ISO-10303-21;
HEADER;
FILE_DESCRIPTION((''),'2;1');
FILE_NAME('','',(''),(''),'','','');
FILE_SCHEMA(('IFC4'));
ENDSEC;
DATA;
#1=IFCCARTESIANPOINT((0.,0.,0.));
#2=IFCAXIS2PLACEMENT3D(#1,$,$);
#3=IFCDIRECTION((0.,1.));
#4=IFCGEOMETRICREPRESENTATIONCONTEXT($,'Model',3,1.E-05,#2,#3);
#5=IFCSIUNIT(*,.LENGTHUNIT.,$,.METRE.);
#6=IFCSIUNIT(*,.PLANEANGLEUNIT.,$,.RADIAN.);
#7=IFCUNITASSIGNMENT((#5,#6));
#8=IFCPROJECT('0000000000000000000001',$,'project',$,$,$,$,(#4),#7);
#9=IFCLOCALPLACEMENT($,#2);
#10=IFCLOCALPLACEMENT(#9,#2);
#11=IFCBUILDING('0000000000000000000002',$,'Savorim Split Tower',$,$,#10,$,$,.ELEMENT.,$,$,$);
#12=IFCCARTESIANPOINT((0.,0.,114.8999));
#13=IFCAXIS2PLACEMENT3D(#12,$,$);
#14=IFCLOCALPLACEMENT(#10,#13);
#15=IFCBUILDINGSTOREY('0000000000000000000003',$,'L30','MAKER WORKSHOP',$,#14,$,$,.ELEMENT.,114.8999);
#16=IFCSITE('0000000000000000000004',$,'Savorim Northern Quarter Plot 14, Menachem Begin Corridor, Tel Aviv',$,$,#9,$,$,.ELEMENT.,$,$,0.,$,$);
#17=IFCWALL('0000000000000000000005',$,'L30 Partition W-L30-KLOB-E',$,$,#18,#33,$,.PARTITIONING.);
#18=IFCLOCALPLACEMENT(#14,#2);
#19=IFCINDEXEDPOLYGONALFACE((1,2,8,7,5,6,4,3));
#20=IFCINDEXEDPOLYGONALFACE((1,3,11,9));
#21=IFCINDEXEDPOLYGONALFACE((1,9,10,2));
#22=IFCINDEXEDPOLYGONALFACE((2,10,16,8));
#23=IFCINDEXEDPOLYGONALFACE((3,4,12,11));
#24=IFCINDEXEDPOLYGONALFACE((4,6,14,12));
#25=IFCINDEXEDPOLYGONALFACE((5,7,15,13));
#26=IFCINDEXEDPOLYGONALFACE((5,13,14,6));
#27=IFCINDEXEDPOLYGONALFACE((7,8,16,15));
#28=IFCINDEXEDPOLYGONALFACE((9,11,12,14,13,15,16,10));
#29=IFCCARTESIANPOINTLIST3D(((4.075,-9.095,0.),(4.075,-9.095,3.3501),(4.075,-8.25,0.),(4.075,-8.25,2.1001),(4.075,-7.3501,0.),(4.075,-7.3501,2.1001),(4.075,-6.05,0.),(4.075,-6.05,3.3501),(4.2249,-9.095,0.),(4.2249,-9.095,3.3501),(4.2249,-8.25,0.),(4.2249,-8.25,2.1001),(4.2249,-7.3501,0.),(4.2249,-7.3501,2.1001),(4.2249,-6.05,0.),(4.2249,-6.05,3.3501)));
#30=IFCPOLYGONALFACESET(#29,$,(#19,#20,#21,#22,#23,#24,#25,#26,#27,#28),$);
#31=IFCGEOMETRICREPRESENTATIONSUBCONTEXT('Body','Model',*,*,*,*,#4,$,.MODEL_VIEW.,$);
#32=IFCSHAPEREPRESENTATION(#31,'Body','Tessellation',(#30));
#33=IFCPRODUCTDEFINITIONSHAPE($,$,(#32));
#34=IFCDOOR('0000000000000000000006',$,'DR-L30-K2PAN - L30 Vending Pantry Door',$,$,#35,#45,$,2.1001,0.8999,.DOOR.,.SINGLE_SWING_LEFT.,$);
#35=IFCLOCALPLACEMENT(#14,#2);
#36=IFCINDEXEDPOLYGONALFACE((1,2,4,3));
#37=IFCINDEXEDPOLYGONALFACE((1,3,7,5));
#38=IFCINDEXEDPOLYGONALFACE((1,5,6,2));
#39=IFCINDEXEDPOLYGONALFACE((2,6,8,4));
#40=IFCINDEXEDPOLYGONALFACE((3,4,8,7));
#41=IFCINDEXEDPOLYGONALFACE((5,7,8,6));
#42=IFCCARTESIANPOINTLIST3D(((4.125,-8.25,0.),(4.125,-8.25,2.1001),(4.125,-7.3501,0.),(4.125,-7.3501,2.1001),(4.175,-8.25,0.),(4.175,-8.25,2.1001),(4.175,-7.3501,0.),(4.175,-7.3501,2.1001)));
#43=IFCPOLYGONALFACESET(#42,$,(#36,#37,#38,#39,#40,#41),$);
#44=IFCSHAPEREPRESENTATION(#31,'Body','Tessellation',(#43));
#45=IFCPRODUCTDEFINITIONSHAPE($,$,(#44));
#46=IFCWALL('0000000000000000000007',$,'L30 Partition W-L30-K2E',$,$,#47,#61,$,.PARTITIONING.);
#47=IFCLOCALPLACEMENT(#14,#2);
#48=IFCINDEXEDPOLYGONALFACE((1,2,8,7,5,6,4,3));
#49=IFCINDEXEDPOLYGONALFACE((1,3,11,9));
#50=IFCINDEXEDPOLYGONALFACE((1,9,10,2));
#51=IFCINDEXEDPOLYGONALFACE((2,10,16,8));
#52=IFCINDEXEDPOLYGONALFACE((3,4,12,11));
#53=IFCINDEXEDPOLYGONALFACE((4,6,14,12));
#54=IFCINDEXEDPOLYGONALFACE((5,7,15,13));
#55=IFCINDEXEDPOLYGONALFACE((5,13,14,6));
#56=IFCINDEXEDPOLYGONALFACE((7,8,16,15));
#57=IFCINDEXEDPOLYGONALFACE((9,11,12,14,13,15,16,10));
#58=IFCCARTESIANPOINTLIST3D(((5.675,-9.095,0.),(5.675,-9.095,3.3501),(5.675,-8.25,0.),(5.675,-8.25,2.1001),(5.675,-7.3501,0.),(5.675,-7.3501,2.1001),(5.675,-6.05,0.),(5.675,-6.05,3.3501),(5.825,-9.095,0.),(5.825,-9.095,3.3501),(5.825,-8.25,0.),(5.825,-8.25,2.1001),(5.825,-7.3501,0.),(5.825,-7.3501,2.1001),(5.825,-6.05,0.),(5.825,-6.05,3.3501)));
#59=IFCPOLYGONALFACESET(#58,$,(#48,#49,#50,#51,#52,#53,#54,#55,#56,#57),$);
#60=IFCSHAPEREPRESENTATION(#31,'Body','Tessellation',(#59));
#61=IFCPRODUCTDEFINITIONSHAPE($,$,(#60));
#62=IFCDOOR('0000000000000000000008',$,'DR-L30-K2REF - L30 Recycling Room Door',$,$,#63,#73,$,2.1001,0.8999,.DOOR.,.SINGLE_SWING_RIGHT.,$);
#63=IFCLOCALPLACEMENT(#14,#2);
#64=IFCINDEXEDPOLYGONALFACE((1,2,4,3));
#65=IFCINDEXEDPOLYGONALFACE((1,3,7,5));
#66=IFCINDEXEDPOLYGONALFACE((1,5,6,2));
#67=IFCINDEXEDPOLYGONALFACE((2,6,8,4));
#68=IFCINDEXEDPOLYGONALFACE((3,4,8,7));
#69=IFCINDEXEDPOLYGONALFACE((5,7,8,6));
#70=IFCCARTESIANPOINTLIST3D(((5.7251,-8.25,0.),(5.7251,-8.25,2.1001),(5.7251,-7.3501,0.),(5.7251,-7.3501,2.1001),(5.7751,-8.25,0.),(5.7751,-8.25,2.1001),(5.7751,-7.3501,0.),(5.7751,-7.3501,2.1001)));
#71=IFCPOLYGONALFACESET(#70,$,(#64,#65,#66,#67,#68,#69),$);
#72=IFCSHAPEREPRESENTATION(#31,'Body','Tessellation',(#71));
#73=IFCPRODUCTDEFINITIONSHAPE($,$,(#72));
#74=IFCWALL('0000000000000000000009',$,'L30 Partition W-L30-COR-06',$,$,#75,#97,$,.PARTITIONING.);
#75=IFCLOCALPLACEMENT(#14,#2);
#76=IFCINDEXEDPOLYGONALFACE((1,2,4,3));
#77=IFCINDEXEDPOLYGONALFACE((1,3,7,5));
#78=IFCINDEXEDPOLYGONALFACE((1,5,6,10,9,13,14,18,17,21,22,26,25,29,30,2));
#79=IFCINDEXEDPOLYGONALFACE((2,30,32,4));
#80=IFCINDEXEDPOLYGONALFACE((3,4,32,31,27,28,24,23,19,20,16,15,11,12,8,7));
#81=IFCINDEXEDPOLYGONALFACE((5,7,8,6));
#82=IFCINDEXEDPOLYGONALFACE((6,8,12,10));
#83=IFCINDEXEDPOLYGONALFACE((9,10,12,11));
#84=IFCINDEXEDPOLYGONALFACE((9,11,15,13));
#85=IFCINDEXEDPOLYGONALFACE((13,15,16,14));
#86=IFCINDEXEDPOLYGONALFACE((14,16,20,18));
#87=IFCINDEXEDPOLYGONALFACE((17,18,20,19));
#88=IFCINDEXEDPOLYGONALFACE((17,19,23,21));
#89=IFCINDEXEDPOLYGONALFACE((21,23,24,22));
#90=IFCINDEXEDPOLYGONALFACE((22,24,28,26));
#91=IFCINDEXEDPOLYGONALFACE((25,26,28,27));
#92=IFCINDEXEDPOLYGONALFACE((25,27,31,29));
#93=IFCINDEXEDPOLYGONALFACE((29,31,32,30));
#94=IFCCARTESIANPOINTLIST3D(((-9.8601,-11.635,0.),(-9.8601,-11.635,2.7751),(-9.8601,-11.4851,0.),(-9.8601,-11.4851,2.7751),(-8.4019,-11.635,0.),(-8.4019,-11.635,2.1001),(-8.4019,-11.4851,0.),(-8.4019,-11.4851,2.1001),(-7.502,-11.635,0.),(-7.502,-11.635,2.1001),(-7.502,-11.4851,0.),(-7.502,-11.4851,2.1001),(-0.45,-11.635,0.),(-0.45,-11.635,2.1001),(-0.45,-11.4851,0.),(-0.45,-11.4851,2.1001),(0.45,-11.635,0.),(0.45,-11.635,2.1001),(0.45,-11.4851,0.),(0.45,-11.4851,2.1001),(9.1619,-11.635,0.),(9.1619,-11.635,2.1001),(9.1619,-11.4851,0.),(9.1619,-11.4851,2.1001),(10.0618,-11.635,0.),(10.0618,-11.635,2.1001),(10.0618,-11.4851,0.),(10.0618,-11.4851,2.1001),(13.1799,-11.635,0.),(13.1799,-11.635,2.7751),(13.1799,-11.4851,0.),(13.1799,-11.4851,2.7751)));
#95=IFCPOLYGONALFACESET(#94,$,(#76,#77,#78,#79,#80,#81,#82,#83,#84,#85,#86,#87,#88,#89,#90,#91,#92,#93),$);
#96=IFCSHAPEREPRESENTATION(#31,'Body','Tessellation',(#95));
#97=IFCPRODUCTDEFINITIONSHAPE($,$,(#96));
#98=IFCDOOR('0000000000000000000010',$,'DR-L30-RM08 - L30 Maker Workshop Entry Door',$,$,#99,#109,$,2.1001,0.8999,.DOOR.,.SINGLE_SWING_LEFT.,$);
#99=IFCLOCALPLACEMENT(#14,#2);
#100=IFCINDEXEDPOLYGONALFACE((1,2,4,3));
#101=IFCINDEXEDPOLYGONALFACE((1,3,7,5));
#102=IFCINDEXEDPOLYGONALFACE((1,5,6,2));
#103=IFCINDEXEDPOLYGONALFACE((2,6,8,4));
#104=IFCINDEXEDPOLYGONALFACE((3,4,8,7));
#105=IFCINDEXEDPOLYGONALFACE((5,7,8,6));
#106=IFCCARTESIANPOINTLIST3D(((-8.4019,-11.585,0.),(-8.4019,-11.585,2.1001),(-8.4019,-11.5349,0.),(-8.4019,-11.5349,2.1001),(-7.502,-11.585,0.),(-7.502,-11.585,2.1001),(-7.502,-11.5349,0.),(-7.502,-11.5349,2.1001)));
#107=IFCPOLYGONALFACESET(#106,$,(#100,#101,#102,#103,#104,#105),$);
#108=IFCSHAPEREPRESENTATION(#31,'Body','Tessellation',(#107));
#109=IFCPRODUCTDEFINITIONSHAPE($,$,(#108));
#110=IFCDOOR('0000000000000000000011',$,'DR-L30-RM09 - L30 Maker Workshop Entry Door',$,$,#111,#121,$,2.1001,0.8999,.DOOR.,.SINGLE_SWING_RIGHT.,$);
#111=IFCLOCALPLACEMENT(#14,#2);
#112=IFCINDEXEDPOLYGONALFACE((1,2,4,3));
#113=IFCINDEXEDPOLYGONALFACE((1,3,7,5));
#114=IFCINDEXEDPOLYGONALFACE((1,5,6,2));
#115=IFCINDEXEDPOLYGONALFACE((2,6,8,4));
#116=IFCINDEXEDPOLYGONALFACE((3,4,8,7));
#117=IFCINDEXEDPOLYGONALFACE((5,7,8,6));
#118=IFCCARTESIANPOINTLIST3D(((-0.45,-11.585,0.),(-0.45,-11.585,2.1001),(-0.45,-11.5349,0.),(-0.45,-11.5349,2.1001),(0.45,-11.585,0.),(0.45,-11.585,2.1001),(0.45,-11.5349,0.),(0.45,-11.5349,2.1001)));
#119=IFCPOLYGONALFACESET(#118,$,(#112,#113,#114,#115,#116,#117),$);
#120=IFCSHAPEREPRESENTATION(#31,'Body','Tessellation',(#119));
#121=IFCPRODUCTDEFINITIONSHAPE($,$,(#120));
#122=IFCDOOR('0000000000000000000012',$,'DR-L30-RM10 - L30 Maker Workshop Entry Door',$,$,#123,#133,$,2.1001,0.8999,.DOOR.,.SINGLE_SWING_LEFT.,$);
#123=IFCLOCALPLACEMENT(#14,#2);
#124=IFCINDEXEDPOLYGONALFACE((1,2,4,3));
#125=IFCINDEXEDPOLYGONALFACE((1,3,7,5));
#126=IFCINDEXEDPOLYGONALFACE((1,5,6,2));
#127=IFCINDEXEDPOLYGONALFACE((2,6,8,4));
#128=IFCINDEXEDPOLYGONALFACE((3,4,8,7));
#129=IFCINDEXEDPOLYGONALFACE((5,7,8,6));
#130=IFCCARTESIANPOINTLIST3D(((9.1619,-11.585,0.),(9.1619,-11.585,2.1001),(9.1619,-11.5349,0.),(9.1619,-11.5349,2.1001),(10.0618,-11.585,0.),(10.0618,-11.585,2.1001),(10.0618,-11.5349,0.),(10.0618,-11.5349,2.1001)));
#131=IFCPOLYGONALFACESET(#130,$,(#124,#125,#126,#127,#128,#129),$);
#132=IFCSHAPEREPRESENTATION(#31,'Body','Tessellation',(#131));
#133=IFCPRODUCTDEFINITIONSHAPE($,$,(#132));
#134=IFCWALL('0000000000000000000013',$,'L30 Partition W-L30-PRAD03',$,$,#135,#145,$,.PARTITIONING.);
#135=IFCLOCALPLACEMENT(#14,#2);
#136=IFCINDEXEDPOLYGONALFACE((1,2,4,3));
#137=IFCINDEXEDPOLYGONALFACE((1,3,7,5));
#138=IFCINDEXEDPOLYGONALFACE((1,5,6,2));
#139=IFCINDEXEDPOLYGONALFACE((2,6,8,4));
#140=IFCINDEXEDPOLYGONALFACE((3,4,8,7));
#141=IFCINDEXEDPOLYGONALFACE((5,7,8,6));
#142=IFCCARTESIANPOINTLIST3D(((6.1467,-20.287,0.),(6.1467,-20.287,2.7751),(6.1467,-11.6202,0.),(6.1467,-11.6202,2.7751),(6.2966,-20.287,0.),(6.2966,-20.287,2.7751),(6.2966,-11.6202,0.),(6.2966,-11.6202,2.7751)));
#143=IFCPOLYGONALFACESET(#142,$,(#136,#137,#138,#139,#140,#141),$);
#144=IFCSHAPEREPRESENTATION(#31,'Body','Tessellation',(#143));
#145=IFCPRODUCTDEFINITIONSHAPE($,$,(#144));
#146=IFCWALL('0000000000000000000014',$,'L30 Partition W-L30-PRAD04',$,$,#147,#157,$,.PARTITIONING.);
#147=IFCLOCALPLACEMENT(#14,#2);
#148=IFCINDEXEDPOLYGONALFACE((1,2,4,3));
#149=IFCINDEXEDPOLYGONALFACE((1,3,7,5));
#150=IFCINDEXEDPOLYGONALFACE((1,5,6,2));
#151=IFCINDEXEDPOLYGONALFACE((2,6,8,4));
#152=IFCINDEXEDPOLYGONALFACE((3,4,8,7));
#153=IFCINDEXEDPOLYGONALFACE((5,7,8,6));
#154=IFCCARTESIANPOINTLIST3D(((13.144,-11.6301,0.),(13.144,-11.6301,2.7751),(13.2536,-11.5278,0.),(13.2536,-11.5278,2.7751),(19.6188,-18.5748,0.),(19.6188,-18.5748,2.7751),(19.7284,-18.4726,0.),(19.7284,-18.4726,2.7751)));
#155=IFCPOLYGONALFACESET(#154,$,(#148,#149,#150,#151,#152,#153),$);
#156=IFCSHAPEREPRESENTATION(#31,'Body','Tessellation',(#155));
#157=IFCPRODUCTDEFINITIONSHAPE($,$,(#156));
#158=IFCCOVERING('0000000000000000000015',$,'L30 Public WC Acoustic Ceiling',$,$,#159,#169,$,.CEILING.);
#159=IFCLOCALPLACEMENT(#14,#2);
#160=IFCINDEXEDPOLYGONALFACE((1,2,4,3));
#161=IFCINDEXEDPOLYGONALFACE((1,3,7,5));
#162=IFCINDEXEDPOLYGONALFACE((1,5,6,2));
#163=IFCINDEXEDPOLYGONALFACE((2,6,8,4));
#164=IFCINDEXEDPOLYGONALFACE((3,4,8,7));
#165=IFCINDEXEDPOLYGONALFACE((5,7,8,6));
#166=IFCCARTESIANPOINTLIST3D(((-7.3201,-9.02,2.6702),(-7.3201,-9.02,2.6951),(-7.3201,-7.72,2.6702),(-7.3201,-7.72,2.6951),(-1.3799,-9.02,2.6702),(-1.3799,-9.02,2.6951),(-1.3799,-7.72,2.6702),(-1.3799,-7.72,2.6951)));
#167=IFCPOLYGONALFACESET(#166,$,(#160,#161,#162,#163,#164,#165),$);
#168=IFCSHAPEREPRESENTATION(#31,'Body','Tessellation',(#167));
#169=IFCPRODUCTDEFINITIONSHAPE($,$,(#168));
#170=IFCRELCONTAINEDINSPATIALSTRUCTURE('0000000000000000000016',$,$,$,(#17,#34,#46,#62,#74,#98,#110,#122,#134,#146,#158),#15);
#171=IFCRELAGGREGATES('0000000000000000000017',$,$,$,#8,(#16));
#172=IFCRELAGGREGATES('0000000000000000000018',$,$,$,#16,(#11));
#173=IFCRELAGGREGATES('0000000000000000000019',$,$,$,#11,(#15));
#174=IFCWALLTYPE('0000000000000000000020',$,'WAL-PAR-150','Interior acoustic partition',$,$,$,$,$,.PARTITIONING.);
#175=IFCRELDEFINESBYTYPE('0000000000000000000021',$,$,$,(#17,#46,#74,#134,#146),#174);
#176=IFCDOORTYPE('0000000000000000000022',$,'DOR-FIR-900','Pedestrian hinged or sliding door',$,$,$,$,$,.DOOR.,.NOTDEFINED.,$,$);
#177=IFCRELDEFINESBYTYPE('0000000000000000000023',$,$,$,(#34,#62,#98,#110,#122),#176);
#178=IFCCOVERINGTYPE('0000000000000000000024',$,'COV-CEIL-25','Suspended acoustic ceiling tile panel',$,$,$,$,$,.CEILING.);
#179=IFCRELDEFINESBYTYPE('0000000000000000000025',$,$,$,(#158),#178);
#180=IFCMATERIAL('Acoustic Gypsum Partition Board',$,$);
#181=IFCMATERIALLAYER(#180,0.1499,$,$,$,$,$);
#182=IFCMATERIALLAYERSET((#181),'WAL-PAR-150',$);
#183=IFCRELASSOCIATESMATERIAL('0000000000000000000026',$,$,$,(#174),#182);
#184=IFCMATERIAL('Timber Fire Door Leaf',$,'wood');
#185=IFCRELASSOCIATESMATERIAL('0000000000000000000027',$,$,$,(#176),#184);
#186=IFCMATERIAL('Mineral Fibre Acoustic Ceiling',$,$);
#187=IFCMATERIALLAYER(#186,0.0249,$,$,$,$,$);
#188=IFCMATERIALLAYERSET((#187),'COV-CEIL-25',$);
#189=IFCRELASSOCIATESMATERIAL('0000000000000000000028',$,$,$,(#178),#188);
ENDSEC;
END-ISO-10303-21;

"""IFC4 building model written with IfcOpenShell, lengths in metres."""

from ifc_helpers import new_model, si_unit, direction, frame, frame_2d, origin, place, context, subcontext, project, spatial, polyline, rectangle, outline, extrude, material, layer, layer_set, type_object, element, fill, save


model = new_model("IFC4")

# Units and contexts
model_context = context("Model", 3, precision=1e-05, world=origin(), true_north=direction((0.0, 1.0)))
body_context = subcontext(model_context, "Body", "Model", "MODEL_VIEW")
ifc_project = project(units=[si_unit("LENGTHUNIT", "METRE"), si_unit("PLANEANGLEUNIT", "RADIAN")], contexts=[model_context])

# Site, building, storey
site_placement = place(None, origin())
site = spatial("IfcSite", under=ifc_project, at=site_placement, Name="Savorim Northern Quarter Plot 14, Menachem Begin Corridor, Tel Aviv", CompositionType="ELEMENT", RefElevation=0.0)
building_placement = place(site_placement, origin())
building = spatial("IfcBuilding", under=site, at=building_placement, Name="Savorim Split Tower", CompositionType="ELEMENT")
storey_placement = place(building_placement, frame((0.0, 0.0, 114.8999)))
storey = spatial("IfcBuildingStorey", under=building, at=storey_placement, Name="L30", Description="MAKER WORKSHOP", CompositionType="ELEMENT", Elevation=114.8999)

# Shared definitions
ifc_material_1 = material(Name="Timber Fire Door Leaf", Category="wood")

# Walls, openings, doors
ifc_material_2 = material(Name="Acoustic Gypsum Partition Board")
ifc_layer_1 = layer(ifc_material_2, 0.1499)
ifc_layer_set_1 = layer_set([ifc_layer_1], Name="WAL-PAR-150")
wall_type_1 = type_object("IfcWallType", Name="WAL-PAR-150", Description="Interior acoustic partition", PredefinedType="PARTITIONING", material=ifc_layer_set_1)
wall_1_placement = place(storey_placement, frame((4.1499, -9.095, 0.0), z_axis=(0.0, 0.0, 1.0), x_axis=(0.0, 1.0, 0.0)))
wall_1 = element("IfcWall", 1, at=wall_1_placement, inside=storey, type_object=wall_type_1, Name="L30 Partition W-L30-KLOB-E", PredefinedType="PARTITIONING", context=body_context, shape_type="SweptSolid", body=[
    extrude(rectangle(XDim=3.0449, YDim=0.1499, at=frame_2d((1.5225, 0.0))), origin(), (0.0, 0.0, 1.0), 3.3501),
])
opening_1_placement = place(wall_1_placement, frame((0.845, 0.0, 0.0)))
opening_1 = element("IfcOpeningElement", 2, at=opening_1_placement, cuts=wall_1, PredefinedType="OPENING", context=body_context, shape_type="SweptSolid", body=[
    extrude(rectangle(XDim=0.8999, YDim=2.1001, at=frame_2d((0.45, 1.05))), frame((0.0, 0.085, 0.0), z_axis=(0.0, -1.0, 0.0), x_axis=(1.0, 0.0, 0.0)), (0.0, 0.0, 1.0), 0.1699),
])
door_type_1 = type_object("IfcDoorType", Name="DOR-FIR-900", Description="Pedestrian hinged or sliding door", OperationType="NOTDEFINED", PredefinedType="DOOR", material=ifc_material_1)
door_1_placement = place(opening_1_placement, origin())
door_1 = element("IfcDoor", 3, at=door_1_placement, inside=storey, type_object=door_type_1, Name="DR-L30-K2PAN - L30 Vending Pantry Door", OperationType="SINGLE_SWING_LEFT", OverallHeight=2.1001, OverallWidth=0.8999, PredefinedType="DOOR", context=body_context, shape_type="SweptSolid", body=[
    extrude(rectangle(XDim=0.8999, YDim=2.1001, at=frame_2d((0.45, 1.05))), frame((0.0, 0.0249, 0.0), z_axis=(0.0, -1.0, 0.0), x_axis=(1.0, 0.0, 0.0)), (0.0, 0.0, 1.0), 0.05),
])
fill(opening_1, door_1)
wall_2_placement = place(storey_placement, frame((5.75, -9.095, 0.0), z_axis=(0.0, 0.0, 1.0), x_axis=(0.0, 1.0, 0.0)))
wall_2 = element("IfcWall", 4, at=wall_2_placement, inside=storey, type_object=wall_type_1, Name="L30 Partition W-L30-K2E", PredefinedType="PARTITIONING", context=body_context, shape_type="SweptSolid", body=[
    extrude(rectangle(XDim=3.0449, YDim=0.1499, at=frame_2d((1.5225, 0.0))), origin(), (0.0, 0.0, 1.0), 3.3501),
])
opening_2_placement = place(wall_2_placement, frame((0.845, 0.0, 0.0)))
opening_2 = element("IfcOpeningElement", 5, at=opening_2_placement, cuts=wall_2, PredefinedType="OPENING", context=body_context, shape_type="SweptSolid", body=[
    extrude(rectangle(XDim=0.8999, YDim=2.1001, at=frame_2d((0.45, 1.05))), frame((0.0, 0.085, 0.0), z_axis=(0.0, -1.0, 0.0), x_axis=(1.0, 0.0, 0.0)), (0.0, 0.0, 1.0), 0.1699),
])
door_2_placement = place(opening_2_placement, origin())
door_2 = element("IfcDoor", 6, at=door_2_placement, inside=storey, type_object=door_type_1, Name="DR-L30-K2REF - L30 Recycling Room Door", OperationType="SINGLE_SWING_RIGHT", OverallHeight=2.1001, OverallWidth=0.8999, PredefinedType="DOOR", context=body_context, shape_type="SweptSolid", body=[
    extrude(rectangle(XDim=0.8999, YDim=2.1001, at=frame_2d((0.45, 1.05))), frame((0.0, 0.0249, 0.0), z_axis=(0.0, -1.0, 0.0), x_axis=(1.0, 0.0, 0.0)), (0.0, 0.0, 1.0), 0.05),
])
fill(opening_2, door_2)

# Wall, openings, doors
wall_3_placement = place(storey_placement, frame((13.1799, -11.5601, 0.0), z_axis=(0.0, 0.0, 1.0), x_axis=(-1.0, 0.0, 0.0)))
wall_3 = element("IfcWall", 7, at=wall_3_placement, inside=storey, type_object=wall_type_1, Name="L30 Partition W-L30-COR-06", PredefinedType="PARTITIONING", context=body_context, shape_type="SweptSolid", body=[
    extrude(rectangle(XDim=23.04, YDim=0.1499, at=frame_2d((11.52, 0.0))), origin(), (0.0, 0.0, 1.0), 2.7751),
])
opening_3_placement = place(wall_3_placement, frame((20.6819, 0.0, 0.0)))
opening_3 = element("IfcOpeningElement", 8, at=opening_3_placement, cuts=wall_3, PredefinedType="OPENING", context=body_context, shape_type="SweptSolid", body=[
    extrude(rectangle(XDim=0.8999, YDim=2.1001, at=frame_2d((0.45, 1.05))), frame((0.0, 0.085, 0.0), z_axis=(0.0, -1.0, 0.0), x_axis=(1.0, 0.0, 0.0)), (0.0, 0.0, 1.0), 0.1699),
])
opening_4_placement = place(wall_3_placement, frame((12.73, 0.0, 0.0)))
opening_4 = element("IfcOpeningElement", 9, at=opening_4_placement, cuts=wall_3, PredefinedType="OPENING", context=body_context, shape_type="SweptSolid", body=[
    extrude(rectangle(XDim=0.8999, YDim=2.1001, at=frame_2d((0.45, 1.05))), frame((0.0, 0.085, 0.0), z_axis=(0.0, -1.0, 0.0), x_axis=(1.0, 0.0, 0.0)), (0.0, 0.0, 1.0), 0.1699),
])
opening_5_placement = place(wall_3_placement, frame((3.1182, 0.0, 0.0)))
opening_5 = element("IfcOpeningElement", 10, at=opening_5_placement, cuts=wall_3, PredefinedType="OPENING", context=body_context, shape_type="SweptSolid", body=[
    extrude(rectangle(XDim=0.8999, YDim=2.1001, at=frame_2d((0.45, 1.05))), frame((0.0, 0.085, 0.0), z_axis=(0.0, -1.0, 0.0), x_axis=(1.0, 0.0, 0.0)), (0.0, 0.0, 1.0), 0.1699),
])
door_3_placement = place(opening_3_placement, origin())
door_3 = element("IfcDoor", 11, at=door_3_placement, inside=storey, type_object=door_type_1, Name="DR-L30-RM08 - L30 Maker Workshop Entry Door", OperationType="SINGLE_SWING_LEFT", OverallHeight=2.1001, OverallWidth=0.8999, PredefinedType="DOOR", context=body_context, shape_type="SweptSolid", body=[
    extrude(rectangle(XDim=0.8999, YDim=2.1001, at=frame_2d((0.45, 1.05))), frame((0.0, 0.0249, 0.0), z_axis=(0.0, -1.0, 0.0), x_axis=(1.0, 0.0, 0.0)), (0.0, 0.0, 1.0), 0.05),
])
fill(opening_3, door_3)
door_4_placement = place(opening_4_placement, origin())
door_4 = element("IfcDoor", 12, at=door_4_placement, inside=storey, type_object=door_type_1, Name="DR-L30-RM09 - L30 Maker Workshop Entry Door", OperationType="SINGLE_SWING_RIGHT", OverallHeight=2.1001, OverallWidth=0.8999, PredefinedType="DOOR", context=body_context, shape_type="SweptSolid", body=[
    extrude(rectangle(XDim=0.8999, YDim=2.1001, at=frame_2d((0.45, 1.05))), frame((0.0, 0.0249, 0.0), z_axis=(0.0, -1.0, 0.0), x_axis=(1.0, 0.0, 0.0)), (0.0, 0.0, 1.0), 0.05),
])
fill(opening_4, door_4)
door_5_placement = place(opening_5_placement, origin())
door_5 = element("IfcDoor", 13, at=door_5_placement, inside=storey, type_object=door_type_1, Name="DR-L30-RM10 - L30 Maker Workshop Entry Door", OperationType="SINGLE_SWING_LEFT", OverallHeight=2.1001, OverallWidth=0.8999, PredefinedType="DOOR", context=body_context, shape_type="SweptSolid", body=[
    extrude(rectangle(XDim=0.8999, YDim=2.1001, at=frame_2d((0.45, 1.05))), frame((0.0, 0.0249, 0.0), z_axis=(0.0, -1.0, 0.0), x_axis=(1.0, 0.0, 0.0)), (0.0, 0.0, 1.0), 0.05),
])
fill(opening_5, door_5)

# Walls
wall_4_placement = place(storey_placement, frame((6.2217, -11.6201, 0.0), z_axis=(0.0, 0.0, 1.0), x_axis=(0.0, -1.0, 0.0)))
element("IfcWall", 14, at=wall_4_placement, inside=storey, type_object=wall_type_1, Name="L30 Partition W-L30-PRAD03", PredefinedType="PARTITIONING", context=body_context, shape_type="SweptSolid", body=[
    extrude(rectangle(XDim=8.6667, YDim=0.1499, at=frame_2d((4.3335, 0.0))), origin(), (0.0, 0.0, 1.0), 2.7751),
])
wall_5_placement = place(storey_placement, frame((13.1987, -11.5789, 0.0), z_axis=(0.0, 0.0, 1.0), x_axis=(0.681925, -0.731422, 0.0)))
element("IfcWall", 15, at=wall_5_placement, inside=storey, type_object=wall_type_1, Name="L30 Partition W-L30-PRAD04", PredefinedType="PARTITIONING", context=body_context, shape_type="SweptSolid", body=[
    extrude(rectangle(XDim=9.4949, YDim=0.1499, at=frame_2d((4.7476, 0.0))), origin(), (0.0, 0.0, 1.0), 2.7751),
])

# Covering
ifc_material_3 = material(Name="Mineral Fibre Acoustic Ceiling")
ifc_layer_2 = layer(ifc_material_3, 0.0249)
ifc_layer_set_2 = layer_set([ifc_layer_2], Name="COV-CEIL-25")
covering_type_1 = type_object("IfcCoveringType", Name="COV-CEIL-25", Description="Suspended acoustic ceiling tile panel", PredefinedType="CEILING", material=ifc_layer_set_2)
covering_1_placement = place(storey_placement, frame((0.0, 0.0, 2.6702)))
element("IfcCovering", 16, at=covering_1_placement, inside=storey, type_object=covering_type_1, Name="L30 Public WC Acoustic Ceiling", PredefinedType="CEILING", context=body_context, shape_type="SweptSolid", body=[
    extrude(outline(polyline([(-7.3201, -7.72), (-7.3201, -9.02), (-1.3799, -9.02), (-1.3799, -7.72), (-7.3201, -7.72)])), origin(), (0.0, 0.0, 1.0), 0.0249),
])

save(model, "model.ifc")
